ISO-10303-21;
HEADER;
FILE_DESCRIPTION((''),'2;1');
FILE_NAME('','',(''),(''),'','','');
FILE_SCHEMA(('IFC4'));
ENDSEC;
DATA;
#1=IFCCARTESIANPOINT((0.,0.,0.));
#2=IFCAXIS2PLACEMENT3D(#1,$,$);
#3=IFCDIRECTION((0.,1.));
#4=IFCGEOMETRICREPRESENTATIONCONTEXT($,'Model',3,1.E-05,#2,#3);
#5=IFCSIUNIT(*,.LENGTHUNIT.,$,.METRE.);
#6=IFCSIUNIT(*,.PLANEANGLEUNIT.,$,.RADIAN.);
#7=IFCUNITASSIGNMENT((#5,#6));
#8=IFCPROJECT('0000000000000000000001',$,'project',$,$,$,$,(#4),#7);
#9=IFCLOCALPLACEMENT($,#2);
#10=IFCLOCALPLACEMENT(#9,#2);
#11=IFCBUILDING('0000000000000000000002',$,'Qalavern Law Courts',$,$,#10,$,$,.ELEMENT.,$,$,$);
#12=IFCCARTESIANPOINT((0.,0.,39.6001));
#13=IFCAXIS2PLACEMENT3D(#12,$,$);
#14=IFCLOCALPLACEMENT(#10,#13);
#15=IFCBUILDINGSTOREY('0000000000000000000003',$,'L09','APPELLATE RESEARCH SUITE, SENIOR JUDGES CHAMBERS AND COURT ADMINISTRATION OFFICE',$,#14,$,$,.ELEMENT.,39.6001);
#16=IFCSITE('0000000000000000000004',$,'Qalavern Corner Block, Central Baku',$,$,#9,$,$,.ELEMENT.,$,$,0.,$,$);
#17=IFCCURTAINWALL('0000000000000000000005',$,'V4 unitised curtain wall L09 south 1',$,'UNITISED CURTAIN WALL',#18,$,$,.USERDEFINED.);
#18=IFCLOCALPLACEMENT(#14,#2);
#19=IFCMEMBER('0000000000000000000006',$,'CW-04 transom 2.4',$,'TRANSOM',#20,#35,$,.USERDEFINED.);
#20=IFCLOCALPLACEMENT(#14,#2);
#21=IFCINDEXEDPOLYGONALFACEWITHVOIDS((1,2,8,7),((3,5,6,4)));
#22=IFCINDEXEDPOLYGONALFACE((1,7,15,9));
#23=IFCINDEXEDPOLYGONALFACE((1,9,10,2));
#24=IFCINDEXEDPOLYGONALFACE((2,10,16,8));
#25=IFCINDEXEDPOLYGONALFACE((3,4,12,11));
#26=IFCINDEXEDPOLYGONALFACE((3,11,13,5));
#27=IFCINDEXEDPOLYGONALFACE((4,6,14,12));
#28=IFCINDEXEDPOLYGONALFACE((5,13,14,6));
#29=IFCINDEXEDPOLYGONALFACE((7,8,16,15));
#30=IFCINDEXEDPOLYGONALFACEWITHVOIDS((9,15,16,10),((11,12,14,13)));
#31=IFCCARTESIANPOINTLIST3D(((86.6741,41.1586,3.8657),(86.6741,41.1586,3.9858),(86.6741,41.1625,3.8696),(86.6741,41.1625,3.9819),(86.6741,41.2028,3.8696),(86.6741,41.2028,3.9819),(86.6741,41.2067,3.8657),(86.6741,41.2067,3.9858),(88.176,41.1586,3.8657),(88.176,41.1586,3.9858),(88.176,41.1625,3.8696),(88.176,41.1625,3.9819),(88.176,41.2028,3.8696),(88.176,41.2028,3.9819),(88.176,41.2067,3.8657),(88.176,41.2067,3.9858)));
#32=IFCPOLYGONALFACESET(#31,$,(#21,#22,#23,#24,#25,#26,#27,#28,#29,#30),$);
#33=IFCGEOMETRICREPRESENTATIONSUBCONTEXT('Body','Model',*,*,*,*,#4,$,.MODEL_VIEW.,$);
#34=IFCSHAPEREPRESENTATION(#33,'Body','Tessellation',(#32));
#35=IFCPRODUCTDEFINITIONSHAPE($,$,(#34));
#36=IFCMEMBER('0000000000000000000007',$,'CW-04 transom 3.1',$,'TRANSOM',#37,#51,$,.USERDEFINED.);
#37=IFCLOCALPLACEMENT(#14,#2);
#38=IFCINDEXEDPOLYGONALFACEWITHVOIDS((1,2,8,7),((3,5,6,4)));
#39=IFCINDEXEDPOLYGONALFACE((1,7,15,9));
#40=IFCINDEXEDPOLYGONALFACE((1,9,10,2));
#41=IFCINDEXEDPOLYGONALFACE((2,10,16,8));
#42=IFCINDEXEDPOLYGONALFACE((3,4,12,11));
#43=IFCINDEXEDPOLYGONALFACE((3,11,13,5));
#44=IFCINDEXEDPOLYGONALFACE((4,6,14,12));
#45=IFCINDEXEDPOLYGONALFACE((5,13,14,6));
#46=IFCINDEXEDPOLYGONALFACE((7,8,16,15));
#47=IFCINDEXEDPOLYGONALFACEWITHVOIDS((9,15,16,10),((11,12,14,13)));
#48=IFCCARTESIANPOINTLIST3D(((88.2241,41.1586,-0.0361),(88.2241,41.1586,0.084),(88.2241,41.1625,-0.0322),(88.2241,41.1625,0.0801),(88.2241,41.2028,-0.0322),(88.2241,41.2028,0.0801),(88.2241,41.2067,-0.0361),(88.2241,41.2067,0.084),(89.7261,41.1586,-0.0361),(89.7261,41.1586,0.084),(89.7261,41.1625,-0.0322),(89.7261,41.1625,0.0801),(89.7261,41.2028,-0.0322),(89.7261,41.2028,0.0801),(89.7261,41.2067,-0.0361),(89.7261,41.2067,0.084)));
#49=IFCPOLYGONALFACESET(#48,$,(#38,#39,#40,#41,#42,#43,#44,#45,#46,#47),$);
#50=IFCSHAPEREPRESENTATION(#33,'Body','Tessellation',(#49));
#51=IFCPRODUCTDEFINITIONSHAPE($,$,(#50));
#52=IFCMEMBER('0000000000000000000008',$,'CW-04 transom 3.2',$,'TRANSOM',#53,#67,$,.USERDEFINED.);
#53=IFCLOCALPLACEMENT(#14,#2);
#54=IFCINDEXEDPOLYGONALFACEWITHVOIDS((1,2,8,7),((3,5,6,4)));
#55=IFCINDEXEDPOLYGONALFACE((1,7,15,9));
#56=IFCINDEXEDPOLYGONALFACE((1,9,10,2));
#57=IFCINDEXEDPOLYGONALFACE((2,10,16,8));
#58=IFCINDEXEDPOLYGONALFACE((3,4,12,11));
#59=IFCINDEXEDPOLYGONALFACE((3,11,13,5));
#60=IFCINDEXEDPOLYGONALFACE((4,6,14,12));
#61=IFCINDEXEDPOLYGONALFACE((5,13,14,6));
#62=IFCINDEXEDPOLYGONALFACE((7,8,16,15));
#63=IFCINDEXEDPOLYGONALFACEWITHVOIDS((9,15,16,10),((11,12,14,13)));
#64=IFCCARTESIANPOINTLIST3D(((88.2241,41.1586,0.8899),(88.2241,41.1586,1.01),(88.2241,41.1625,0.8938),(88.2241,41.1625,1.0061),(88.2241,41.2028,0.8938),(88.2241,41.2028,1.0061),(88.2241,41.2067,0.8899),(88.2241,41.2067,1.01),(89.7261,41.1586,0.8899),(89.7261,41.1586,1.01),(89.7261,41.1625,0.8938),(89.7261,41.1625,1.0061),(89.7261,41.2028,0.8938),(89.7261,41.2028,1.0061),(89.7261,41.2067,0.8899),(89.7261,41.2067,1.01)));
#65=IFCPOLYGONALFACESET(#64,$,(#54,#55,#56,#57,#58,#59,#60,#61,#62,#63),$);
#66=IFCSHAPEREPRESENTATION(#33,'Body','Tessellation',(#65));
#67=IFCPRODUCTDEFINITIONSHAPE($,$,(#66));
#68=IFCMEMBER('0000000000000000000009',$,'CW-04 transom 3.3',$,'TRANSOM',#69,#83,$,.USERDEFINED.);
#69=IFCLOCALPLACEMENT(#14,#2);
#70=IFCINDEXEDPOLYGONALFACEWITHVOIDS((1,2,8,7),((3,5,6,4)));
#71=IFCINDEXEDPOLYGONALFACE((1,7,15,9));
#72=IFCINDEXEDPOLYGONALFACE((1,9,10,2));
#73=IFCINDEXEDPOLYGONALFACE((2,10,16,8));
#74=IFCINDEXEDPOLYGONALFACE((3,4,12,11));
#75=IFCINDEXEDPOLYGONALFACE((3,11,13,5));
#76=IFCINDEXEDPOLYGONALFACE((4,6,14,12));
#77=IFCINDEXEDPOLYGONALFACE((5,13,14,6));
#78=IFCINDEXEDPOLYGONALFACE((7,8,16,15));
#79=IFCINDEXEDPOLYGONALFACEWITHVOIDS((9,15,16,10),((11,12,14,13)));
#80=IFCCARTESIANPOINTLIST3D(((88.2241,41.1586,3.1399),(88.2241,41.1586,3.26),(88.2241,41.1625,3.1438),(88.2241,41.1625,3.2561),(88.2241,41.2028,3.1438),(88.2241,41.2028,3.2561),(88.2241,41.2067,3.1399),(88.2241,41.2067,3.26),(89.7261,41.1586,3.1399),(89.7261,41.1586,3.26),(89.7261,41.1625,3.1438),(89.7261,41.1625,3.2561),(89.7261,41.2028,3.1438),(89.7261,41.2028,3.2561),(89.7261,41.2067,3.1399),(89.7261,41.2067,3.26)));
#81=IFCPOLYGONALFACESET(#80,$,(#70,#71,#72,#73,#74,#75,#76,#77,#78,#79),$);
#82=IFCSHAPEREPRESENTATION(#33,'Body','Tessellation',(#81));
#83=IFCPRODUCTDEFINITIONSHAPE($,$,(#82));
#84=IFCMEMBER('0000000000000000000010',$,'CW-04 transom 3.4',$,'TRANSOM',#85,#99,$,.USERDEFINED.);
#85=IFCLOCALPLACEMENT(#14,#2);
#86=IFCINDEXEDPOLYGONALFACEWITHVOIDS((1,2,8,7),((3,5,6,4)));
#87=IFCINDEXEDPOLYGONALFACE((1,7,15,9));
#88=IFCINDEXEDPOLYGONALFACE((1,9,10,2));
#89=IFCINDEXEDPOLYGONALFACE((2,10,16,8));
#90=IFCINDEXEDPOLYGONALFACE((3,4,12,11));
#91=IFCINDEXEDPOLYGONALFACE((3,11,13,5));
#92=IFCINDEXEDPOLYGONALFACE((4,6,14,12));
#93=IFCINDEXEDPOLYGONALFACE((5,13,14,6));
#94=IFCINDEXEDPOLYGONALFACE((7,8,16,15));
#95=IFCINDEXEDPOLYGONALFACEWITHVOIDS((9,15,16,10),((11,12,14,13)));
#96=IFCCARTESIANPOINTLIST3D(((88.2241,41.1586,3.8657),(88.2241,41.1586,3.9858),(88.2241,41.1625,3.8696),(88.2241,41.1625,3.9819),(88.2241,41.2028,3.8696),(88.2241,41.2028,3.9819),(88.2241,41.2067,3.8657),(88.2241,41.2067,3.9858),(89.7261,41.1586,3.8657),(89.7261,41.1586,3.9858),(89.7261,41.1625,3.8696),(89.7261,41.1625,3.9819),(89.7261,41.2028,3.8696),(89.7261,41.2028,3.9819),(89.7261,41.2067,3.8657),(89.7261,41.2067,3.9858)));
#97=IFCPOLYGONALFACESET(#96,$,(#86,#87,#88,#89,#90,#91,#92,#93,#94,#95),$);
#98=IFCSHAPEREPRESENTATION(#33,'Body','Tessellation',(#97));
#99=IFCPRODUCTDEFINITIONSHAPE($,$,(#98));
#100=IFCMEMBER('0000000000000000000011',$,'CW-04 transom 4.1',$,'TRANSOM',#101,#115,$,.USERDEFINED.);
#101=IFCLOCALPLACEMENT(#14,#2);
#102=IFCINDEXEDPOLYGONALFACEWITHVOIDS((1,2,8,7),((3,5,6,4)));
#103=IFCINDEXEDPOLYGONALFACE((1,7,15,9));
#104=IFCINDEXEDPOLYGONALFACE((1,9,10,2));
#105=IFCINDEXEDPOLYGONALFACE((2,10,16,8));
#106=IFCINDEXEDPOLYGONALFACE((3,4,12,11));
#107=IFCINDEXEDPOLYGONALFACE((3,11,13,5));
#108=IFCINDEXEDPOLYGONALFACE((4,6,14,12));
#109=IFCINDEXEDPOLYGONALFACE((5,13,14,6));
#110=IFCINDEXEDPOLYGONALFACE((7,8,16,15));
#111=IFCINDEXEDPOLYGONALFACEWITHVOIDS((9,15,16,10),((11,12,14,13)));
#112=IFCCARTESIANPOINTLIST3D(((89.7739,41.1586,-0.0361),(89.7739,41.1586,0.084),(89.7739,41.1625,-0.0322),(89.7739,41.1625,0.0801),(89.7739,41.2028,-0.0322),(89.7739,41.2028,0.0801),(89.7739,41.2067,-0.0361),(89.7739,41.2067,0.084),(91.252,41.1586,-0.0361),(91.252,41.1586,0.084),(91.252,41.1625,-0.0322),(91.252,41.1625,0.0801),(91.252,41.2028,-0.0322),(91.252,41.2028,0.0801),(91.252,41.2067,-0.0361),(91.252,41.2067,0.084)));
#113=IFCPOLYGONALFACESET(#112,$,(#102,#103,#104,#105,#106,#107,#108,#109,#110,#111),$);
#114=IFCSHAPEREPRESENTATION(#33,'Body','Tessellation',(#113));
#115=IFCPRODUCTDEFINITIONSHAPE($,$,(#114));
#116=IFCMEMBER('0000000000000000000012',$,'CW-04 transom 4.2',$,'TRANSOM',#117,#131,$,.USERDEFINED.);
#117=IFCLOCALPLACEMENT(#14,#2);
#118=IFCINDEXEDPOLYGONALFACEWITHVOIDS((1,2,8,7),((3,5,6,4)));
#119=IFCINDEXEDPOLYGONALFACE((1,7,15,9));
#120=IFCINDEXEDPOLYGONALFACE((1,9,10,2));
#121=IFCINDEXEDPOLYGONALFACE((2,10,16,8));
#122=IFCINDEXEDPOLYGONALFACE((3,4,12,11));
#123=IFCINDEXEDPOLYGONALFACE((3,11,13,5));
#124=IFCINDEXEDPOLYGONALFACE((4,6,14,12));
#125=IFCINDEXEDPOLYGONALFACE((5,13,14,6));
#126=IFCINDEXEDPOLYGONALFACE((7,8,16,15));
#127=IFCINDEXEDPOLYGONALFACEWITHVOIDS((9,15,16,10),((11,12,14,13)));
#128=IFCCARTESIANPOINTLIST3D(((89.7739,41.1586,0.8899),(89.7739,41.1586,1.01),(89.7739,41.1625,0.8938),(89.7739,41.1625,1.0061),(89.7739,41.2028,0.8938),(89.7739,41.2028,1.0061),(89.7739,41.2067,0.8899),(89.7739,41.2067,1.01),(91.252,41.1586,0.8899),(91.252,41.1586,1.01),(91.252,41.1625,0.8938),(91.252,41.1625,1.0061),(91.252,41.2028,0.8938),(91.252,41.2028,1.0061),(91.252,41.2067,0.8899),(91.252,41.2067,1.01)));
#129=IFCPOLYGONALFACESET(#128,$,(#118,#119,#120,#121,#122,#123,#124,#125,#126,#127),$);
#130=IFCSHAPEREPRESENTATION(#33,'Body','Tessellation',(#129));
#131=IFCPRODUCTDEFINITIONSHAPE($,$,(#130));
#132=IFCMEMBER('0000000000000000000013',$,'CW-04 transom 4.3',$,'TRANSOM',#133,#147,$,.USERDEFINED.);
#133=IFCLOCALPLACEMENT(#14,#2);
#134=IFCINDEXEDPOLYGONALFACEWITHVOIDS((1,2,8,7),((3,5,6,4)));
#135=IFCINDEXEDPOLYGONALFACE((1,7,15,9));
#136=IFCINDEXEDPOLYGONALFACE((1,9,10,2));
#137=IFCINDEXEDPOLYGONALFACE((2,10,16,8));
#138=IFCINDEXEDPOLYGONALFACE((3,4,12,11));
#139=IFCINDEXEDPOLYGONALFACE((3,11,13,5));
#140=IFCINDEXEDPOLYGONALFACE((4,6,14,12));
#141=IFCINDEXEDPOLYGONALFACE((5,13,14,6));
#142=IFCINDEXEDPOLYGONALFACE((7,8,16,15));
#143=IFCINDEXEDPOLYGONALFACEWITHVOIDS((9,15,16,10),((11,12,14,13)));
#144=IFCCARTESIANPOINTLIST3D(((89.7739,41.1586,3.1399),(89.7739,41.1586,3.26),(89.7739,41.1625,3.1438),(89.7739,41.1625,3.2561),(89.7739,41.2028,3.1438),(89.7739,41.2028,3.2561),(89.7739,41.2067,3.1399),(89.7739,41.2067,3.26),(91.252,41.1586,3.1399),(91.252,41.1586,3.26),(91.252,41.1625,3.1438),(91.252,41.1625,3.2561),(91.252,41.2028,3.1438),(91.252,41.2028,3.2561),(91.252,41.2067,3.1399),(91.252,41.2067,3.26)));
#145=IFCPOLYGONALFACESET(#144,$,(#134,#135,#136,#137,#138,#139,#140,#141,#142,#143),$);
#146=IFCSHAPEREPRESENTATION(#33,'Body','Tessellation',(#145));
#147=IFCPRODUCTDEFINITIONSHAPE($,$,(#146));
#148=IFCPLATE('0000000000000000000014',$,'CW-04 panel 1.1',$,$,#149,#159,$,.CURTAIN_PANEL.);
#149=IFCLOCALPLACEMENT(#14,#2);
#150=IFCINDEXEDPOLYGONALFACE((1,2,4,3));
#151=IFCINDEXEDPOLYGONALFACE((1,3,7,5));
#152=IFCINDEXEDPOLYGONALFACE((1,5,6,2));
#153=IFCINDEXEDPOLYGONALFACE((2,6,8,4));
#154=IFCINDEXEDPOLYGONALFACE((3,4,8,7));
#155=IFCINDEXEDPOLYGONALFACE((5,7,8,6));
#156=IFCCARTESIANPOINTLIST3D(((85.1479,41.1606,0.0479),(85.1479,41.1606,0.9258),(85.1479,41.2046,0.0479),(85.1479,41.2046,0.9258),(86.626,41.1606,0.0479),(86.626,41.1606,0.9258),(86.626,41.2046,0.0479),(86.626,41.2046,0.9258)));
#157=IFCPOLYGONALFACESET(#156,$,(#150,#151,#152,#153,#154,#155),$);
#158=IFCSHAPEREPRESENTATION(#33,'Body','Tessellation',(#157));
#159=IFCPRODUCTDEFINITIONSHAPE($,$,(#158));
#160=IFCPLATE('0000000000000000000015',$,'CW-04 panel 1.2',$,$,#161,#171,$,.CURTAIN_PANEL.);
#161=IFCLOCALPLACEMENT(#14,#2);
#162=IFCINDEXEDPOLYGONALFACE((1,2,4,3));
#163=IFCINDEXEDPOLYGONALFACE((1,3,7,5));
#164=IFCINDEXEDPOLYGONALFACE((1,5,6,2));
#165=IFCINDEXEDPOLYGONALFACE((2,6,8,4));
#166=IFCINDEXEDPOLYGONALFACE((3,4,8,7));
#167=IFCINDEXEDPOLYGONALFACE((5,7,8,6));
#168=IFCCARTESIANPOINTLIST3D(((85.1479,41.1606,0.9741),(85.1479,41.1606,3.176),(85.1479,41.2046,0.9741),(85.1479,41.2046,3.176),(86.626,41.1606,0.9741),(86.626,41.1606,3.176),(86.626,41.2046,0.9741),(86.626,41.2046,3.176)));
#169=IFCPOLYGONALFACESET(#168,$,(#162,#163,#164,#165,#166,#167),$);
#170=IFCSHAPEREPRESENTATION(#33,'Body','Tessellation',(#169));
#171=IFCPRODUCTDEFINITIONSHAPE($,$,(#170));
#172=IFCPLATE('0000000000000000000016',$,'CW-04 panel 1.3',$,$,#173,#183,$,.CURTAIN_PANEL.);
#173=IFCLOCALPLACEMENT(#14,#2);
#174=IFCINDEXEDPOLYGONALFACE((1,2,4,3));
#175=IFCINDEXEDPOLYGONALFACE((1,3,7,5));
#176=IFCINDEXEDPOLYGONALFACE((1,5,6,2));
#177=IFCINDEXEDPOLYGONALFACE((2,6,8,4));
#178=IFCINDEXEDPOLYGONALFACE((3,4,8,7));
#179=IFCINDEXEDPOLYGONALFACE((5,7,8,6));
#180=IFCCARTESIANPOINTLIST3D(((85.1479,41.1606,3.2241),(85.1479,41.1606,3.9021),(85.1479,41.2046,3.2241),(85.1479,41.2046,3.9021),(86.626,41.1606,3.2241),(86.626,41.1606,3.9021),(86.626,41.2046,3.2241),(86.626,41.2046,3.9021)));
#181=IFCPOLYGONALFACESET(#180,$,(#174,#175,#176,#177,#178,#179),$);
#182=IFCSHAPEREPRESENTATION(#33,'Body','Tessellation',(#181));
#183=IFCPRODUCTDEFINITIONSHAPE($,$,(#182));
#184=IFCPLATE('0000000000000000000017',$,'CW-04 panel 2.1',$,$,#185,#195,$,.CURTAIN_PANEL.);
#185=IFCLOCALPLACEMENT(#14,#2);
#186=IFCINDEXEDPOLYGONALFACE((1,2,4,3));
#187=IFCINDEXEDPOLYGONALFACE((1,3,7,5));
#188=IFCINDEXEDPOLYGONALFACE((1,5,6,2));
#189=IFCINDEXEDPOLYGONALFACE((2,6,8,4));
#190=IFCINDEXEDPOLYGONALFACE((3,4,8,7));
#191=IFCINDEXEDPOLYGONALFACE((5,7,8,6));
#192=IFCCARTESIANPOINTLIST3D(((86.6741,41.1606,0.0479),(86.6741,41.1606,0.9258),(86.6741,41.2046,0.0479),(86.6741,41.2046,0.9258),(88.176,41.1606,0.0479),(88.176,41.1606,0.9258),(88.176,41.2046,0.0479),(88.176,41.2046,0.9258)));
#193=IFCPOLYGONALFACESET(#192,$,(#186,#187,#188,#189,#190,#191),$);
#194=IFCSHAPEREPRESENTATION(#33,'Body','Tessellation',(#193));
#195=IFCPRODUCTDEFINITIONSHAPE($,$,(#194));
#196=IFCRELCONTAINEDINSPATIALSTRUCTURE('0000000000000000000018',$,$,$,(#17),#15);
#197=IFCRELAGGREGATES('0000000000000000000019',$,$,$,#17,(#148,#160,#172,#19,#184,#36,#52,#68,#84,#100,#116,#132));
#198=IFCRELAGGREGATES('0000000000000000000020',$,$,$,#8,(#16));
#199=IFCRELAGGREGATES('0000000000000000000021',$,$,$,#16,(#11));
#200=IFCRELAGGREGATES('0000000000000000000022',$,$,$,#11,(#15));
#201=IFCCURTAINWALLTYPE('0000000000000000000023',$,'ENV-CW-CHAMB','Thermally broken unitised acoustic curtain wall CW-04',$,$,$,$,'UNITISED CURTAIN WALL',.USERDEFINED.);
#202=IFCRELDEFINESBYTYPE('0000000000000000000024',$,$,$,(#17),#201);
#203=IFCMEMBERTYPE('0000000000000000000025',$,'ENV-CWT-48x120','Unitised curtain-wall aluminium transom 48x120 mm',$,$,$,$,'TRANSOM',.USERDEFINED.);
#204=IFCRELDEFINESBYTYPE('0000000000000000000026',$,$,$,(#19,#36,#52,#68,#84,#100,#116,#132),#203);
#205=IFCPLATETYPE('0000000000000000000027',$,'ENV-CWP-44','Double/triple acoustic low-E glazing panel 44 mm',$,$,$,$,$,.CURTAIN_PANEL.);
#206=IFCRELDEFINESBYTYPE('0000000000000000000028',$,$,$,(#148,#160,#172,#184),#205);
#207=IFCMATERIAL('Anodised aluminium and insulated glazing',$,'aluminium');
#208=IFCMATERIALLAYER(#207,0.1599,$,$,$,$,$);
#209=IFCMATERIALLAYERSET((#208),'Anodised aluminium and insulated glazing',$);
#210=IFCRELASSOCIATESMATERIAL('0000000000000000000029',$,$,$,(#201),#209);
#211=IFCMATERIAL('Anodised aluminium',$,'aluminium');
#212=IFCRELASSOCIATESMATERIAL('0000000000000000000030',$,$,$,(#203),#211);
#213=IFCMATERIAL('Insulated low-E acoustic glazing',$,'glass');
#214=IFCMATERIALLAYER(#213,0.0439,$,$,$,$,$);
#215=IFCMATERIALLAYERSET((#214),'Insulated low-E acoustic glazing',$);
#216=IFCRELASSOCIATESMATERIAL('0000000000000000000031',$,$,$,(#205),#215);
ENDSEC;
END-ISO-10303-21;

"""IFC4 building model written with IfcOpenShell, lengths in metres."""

from ifc_helpers import new_model, si_unit, direction, frame, origin, origin_2d, place, context, subcontext, project, spatial, rectangle, hollow_rectangle, extrude, material, layer, layer_set, material_profile, profile_set, type_object, element, aggregate, save


model = new_model("IFC4")

# Units and contexts
model_context = context("Model", 3, precision=1e-05, world=origin(), true_north=direction((0.0, 1.0)))
body_context = subcontext(model_context, "Body", "Model", "MODEL_VIEW")
ifc_project = project(units=[si_unit("LENGTHUNIT", "METRE"), si_unit("PLANEANGLEUNIT", "RADIAN")], contexts=[model_context])

# Site, building, storey
site_placement = place(None, origin())
site = spatial("IfcSite", under=ifc_project, at=site_placement, Name="Qalavern Corner Block, Central Baku", CompositionType="ELEMENT", RefElevation=0.0)
building_placement = place(site_placement, origin())
building = spatial("IfcBuilding", under=site, at=building_placement, Name="Qalavern Law Courts", CompositionType="ELEMENT")
storey_placement = place(building_placement, frame((0.0, 0.0, 39.6001)))
storey = spatial("IfcBuildingStorey", under=building, at=storey_placement, Name="L09", Description="APPELLATE RESEARCH SUITE, SENIOR JUDGES CHAMBERS AND COURT ADMINISTRATION OFFICE", CompositionType="ELEMENT", Elevation=39.6001)

# Curtain wall, members, plates
ifc_material_1 = material(Name="Anodised aluminium and insulated glazing", Category="aluminium")
ifc_layer_1 = layer(ifc_material_1, 0.1599)
ifc_layer_set_1 = layer_set([ifc_layer_1], Name="Anodised aluminium and insulated glazing")
curtain_wall_type = type_object("IfcCurtainWallType", Name="ENV-CW-CHAMB", Description="Thermally broken unitised acoustic curtain wall CW-04", ElementType="UNITISED CURTAIN WALL", PredefinedType="USERDEFINED", material=ifc_layer_set_1)
curtain_wall_placement = place(storey_placement, origin())
curtain_wall = element("IfcCurtainWall", 1, at=curtain_wall_placement, inside=storey, type_object=curtain_wall_type, Name="V4 unitised curtain wall L09 south 1", ObjectType="UNITISED CURTAIN WALL", PredefinedType="USERDEFINED")
ifc_material_2 = material(Name="Anodised aluminium", Category="aluminium")
ifc_material_profile_1 = material_profile(ifc_material_2, hollow_rectangle(XDim=0.0481, YDim=0.1201, WallThickness=0.0039, at=origin_2d()), Name="ALU TRANSOM 48x120")
ifc_profile_set_1 = profile_set([ifc_material_profile_1], Name="Anodised aluminium")
member_type_1 = type_object("IfcMemberType", Name="ENV-CWT-48x120", Description="Unitised curtain-wall aluminium transom 48x120 mm", ElementType="TRANSOM", PredefinedType="USERDEFINED", material=ifc_profile_set_1)
member_1_placement = place(storey_placement, frame((86.6741, 41.1826, 3.9258), z_axis=(1.0, 0.0, 0.0), x_axis=(0.0, 1.0, 0.0)))
member_1 = element("IfcMember", 2, at=member_1_placement, type_object=member_type_1, Name="CW-04 transom 2.4", ObjectType="TRANSOM", PredefinedType="USERDEFINED", context=body_context, shape_type="SweptSolid", body=[
    extrude(hollow_rectangle(XDim=0.0481, YDim=0.1201, WallThickness=0.0039, at=origin_2d()), origin(), (0.0, 0.0, 1.0), 1.502),
])
member_2_placement = place(storey_placement, frame((88.2241, 41.1826, 0.0239), z_axis=(1.0, 0.0, 0.0), x_axis=(0.0, 1.0, 0.0)))
member_2 = element("IfcMember", 3, at=member_2_placement, type_object=member_type_1, Name="CW-04 transom 3.1", ObjectType="TRANSOM", PredefinedType="USERDEFINED", context=body_context, shape_type="SweptSolid", body=[
    extrude(hollow_rectangle(XDim=0.0481, YDim=0.1201, WallThickness=0.0039, at=origin_2d()), origin(), (0.0, 0.0, 1.0), 1.502),
])
member_3_placement = place(storey_placement, frame((88.2241, 41.1826, 0.95), z_axis=(1.0, 0.0, 0.0), x_axis=(0.0, 1.0, 0.0)))
member_3 = element("IfcMember", 4, at=member_3_placement, type_object=member_type_1, Name="CW-04 transom 3.2", ObjectType="TRANSOM", PredefinedType="USERDEFINED", context=body_context, shape_type="SweptSolid", body=[
    extrude(hollow_rectangle(XDim=0.0481, YDim=0.1201, WallThickness=0.0039, at=origin_2d()), origin(), (0.0, 0.0, 1.0), 1.502),
])
member_4_placement = place(storey_placement, frame((88.2241, 41.1826, 3.2), z_axis=(1.0, 0.0, 0.0), x_axis=(0.0, 1.0, 0.0)))
member_4 = element("IfcMember", 5, at=member_4_placement, type_object=member_type_1, Name="CW-04 transom 3.3", ObjectType="TRANSOM", PredefinedType="USERDEFINED", context=body_context, shape_type="SweptSolid", body=[
    extrude(hollow_rectangle(XDim=0.0481, YDim=0.1201, WallThickness=0.0039, at=origin_2d()), origin(), (0.0, 0.0, 1.0), 1.502),
])
member_5_placement = place(storey_placement, frame((88.2241, 41.1826, 3.9258), z_axis=(1.0, 0.0, 0.0), x_axis=(0.0, 1.0, 0.0)))
member_5 = element("IfcMember", 6, at=member_5_placement, type_object=member_type_1, Name="CW-04 transom 3.4", ObjectType="TRANSOM", PredefinedType="USERDEFINED", context=body_context, shape_type="SweptSolid", body=[
    extrude(hollow_rectangle(XDim=0.0481, YDim=0.1201, WallThickness=0.0039, at=origin_2d()), origin(), (0.0, 0.0, 1.0), 1.502),
])
member_6_placement = place(storey_placement, frame((89.7739, 41.1826, 0.0239), z_axis=(1.0, 0.0, 0.0), x_axis=(0.0, 1.0, 0.0)))
member_6 = element("IfcMember", 7, at=member_6_placement, type_object=member_type_1, Name="CW-04 transom 4.1", ObjectType="TRANSOM", PredefinedType="USERDEFINED", context=body_context, shape_type="SweptSolid", body=[
    extrude(hollow_rectangle(XDim=0.0481, YDim=0.1201, WallThickness=0.0039, at=origin_2d()), origin(), (0.0, 0.0, 1.0), 1.478),
])
member_7_placement = place(storey_placement, frame((89.7739, 41.1826, 0.95), z_axis=(1.0, 0.0, 0.0), x_axis=(0.0, 1.0, 0.0)))
member_7 = element("IfcMember", 8, at=member_7_placement, type_object=member_type_1, Name="CW-04 transom 4.2", ObjectType="TRANSOM", PredefinedType="USERDEFINED", context=body_context, shape_type="SweptSolid", body=[
    extrude(hollow_rectangle(XDim=0.0481, YDim=0.1201, WallThickness=0.0039, at=origin_2d()), origin(), (0.0, 0.0, 1.0), 1.478),
])
member_8_placement = place(storey_placement, frame((89.7739, 41.1826, 3.2), z_axis=(1.0, 0.0, 0.0), x_axis=(0.0, 1.0, 0.0)))
member_8 = element("IfcMember", 9, at=member_8_placement, type_object=member_type_1, Name="CW-04 transom 4.3", ObjectType="TRANSOM", PredefinedType="USERDEFINED", context=body_context, shape_type="SweptSolid", body=[
    extrude(hollow_rectangle(XDim=0.0481, YDim=0.1201, WallThickness=0.0039, at=origin_2d()), origin(), (0.0, 0.0, 1.0), 1.478),
])
ifc_material_3 = material(Name="Insulated low-E acoustic glazing", Category="glass")
ifc_layer_2 = layer(ifc_material_3, 0.0439)
ifc_layer_set_2 = layer_set([ifc_layer_2], Name="Insulated low-E acoustic glazing")
plate_type = type_object("IfcPlateType", Name="ENV-CWP-44", Description="Double/triple acoustic low-E glazing panel 44 mm", PredefinedType="CURTAIN_PANEL", material=ifc_layer_set_2)
plate_1_placement = place(storey_placement, frame((85.887, 41.1826, 0.0479), z_axis=(0.0, 0.0, 1.0), x_axis=(1.0, 0.0, 0.0)))
plate_1 = element("IfcPlate", 10, at=plate_1_placement, type_object=plate_type, Name="CW-04 panel 1.1", PredefinedType="CURTAIN_PANEL", context=body_context, shape_type="SweptSolid", body=[
    extrude(rectangle(XDim=1.478, YDim=0.0439, at=origin_2d()), origin(), (0.0, 0.0, 1.0), 0.8779),
])
plate_2_placement = place(storey_placement, frame((85.887, 41.1826, 0.9741), z_axis=(0.0, 0.0, 1.0), x_axis=(1.0, 0.0, 0.0)))
plate_2 = element("IfcPlate", 11, at=plate_2_placement, type_object=plate_type, Name="CW-04 panel 1.2", PredefinedType="CURTAIN_PANEL", context=body_context, shape_type="SweptSolid", body=[
    extrude(rectangle(XDim=1.478, YDim=0.0439, at=origin_2d()), origin(), (0.0, 0.0, 1.0), 2.2019),
])
plate_3_placement = place(storey_placement, frame((85.887, 41.1826, 3.2241), z_axis=(0.0, 0.0, 1.0), x_axis=(1.0, 0.0, 0.0)))
plate_3 = element("IfcPlate", 12, at=plate_3_placement, type_object=plate_type, Name="CW-04 panel 1.3", PredefinedType="CURTAIN_PANEL", context=body_context, shape_type="SweptSolid", body=[
    extrude(rectangle(XDim=1.478, YDim=0.0439, at=origin_2d()), origin(), (0.0, 0.0, 1.0), 0.678),
])
plate_4_placement = place(storey_placement, frame((87.425, 41.1826, 0.0479), z_axis=(0.0, 0.0, 1.0), x_axis=(1.0, 0.0, 0.0)))
plate_4 = element("IfcPlate", 13, at=plate_4_placement, type_object=plate_type, Name="CW-04 panel 2.1", PredefinedType="CURTAIN_PANEL", context=body_context, shape_type="SweptSolid", body=[
    extrude(rectangle(XDim=1.502, YDim=0.0439, at=origin_2d()), origin(), (0.0, 0.0, 1.0), 0.8779),
])
aggregate(curtain_wall, [plate_1, plate_2, plate_3, member_1, plate_4, member_2, member_3, member_4, member_5, member_6, member_7, member_8])

save(model, "model.ifc")
